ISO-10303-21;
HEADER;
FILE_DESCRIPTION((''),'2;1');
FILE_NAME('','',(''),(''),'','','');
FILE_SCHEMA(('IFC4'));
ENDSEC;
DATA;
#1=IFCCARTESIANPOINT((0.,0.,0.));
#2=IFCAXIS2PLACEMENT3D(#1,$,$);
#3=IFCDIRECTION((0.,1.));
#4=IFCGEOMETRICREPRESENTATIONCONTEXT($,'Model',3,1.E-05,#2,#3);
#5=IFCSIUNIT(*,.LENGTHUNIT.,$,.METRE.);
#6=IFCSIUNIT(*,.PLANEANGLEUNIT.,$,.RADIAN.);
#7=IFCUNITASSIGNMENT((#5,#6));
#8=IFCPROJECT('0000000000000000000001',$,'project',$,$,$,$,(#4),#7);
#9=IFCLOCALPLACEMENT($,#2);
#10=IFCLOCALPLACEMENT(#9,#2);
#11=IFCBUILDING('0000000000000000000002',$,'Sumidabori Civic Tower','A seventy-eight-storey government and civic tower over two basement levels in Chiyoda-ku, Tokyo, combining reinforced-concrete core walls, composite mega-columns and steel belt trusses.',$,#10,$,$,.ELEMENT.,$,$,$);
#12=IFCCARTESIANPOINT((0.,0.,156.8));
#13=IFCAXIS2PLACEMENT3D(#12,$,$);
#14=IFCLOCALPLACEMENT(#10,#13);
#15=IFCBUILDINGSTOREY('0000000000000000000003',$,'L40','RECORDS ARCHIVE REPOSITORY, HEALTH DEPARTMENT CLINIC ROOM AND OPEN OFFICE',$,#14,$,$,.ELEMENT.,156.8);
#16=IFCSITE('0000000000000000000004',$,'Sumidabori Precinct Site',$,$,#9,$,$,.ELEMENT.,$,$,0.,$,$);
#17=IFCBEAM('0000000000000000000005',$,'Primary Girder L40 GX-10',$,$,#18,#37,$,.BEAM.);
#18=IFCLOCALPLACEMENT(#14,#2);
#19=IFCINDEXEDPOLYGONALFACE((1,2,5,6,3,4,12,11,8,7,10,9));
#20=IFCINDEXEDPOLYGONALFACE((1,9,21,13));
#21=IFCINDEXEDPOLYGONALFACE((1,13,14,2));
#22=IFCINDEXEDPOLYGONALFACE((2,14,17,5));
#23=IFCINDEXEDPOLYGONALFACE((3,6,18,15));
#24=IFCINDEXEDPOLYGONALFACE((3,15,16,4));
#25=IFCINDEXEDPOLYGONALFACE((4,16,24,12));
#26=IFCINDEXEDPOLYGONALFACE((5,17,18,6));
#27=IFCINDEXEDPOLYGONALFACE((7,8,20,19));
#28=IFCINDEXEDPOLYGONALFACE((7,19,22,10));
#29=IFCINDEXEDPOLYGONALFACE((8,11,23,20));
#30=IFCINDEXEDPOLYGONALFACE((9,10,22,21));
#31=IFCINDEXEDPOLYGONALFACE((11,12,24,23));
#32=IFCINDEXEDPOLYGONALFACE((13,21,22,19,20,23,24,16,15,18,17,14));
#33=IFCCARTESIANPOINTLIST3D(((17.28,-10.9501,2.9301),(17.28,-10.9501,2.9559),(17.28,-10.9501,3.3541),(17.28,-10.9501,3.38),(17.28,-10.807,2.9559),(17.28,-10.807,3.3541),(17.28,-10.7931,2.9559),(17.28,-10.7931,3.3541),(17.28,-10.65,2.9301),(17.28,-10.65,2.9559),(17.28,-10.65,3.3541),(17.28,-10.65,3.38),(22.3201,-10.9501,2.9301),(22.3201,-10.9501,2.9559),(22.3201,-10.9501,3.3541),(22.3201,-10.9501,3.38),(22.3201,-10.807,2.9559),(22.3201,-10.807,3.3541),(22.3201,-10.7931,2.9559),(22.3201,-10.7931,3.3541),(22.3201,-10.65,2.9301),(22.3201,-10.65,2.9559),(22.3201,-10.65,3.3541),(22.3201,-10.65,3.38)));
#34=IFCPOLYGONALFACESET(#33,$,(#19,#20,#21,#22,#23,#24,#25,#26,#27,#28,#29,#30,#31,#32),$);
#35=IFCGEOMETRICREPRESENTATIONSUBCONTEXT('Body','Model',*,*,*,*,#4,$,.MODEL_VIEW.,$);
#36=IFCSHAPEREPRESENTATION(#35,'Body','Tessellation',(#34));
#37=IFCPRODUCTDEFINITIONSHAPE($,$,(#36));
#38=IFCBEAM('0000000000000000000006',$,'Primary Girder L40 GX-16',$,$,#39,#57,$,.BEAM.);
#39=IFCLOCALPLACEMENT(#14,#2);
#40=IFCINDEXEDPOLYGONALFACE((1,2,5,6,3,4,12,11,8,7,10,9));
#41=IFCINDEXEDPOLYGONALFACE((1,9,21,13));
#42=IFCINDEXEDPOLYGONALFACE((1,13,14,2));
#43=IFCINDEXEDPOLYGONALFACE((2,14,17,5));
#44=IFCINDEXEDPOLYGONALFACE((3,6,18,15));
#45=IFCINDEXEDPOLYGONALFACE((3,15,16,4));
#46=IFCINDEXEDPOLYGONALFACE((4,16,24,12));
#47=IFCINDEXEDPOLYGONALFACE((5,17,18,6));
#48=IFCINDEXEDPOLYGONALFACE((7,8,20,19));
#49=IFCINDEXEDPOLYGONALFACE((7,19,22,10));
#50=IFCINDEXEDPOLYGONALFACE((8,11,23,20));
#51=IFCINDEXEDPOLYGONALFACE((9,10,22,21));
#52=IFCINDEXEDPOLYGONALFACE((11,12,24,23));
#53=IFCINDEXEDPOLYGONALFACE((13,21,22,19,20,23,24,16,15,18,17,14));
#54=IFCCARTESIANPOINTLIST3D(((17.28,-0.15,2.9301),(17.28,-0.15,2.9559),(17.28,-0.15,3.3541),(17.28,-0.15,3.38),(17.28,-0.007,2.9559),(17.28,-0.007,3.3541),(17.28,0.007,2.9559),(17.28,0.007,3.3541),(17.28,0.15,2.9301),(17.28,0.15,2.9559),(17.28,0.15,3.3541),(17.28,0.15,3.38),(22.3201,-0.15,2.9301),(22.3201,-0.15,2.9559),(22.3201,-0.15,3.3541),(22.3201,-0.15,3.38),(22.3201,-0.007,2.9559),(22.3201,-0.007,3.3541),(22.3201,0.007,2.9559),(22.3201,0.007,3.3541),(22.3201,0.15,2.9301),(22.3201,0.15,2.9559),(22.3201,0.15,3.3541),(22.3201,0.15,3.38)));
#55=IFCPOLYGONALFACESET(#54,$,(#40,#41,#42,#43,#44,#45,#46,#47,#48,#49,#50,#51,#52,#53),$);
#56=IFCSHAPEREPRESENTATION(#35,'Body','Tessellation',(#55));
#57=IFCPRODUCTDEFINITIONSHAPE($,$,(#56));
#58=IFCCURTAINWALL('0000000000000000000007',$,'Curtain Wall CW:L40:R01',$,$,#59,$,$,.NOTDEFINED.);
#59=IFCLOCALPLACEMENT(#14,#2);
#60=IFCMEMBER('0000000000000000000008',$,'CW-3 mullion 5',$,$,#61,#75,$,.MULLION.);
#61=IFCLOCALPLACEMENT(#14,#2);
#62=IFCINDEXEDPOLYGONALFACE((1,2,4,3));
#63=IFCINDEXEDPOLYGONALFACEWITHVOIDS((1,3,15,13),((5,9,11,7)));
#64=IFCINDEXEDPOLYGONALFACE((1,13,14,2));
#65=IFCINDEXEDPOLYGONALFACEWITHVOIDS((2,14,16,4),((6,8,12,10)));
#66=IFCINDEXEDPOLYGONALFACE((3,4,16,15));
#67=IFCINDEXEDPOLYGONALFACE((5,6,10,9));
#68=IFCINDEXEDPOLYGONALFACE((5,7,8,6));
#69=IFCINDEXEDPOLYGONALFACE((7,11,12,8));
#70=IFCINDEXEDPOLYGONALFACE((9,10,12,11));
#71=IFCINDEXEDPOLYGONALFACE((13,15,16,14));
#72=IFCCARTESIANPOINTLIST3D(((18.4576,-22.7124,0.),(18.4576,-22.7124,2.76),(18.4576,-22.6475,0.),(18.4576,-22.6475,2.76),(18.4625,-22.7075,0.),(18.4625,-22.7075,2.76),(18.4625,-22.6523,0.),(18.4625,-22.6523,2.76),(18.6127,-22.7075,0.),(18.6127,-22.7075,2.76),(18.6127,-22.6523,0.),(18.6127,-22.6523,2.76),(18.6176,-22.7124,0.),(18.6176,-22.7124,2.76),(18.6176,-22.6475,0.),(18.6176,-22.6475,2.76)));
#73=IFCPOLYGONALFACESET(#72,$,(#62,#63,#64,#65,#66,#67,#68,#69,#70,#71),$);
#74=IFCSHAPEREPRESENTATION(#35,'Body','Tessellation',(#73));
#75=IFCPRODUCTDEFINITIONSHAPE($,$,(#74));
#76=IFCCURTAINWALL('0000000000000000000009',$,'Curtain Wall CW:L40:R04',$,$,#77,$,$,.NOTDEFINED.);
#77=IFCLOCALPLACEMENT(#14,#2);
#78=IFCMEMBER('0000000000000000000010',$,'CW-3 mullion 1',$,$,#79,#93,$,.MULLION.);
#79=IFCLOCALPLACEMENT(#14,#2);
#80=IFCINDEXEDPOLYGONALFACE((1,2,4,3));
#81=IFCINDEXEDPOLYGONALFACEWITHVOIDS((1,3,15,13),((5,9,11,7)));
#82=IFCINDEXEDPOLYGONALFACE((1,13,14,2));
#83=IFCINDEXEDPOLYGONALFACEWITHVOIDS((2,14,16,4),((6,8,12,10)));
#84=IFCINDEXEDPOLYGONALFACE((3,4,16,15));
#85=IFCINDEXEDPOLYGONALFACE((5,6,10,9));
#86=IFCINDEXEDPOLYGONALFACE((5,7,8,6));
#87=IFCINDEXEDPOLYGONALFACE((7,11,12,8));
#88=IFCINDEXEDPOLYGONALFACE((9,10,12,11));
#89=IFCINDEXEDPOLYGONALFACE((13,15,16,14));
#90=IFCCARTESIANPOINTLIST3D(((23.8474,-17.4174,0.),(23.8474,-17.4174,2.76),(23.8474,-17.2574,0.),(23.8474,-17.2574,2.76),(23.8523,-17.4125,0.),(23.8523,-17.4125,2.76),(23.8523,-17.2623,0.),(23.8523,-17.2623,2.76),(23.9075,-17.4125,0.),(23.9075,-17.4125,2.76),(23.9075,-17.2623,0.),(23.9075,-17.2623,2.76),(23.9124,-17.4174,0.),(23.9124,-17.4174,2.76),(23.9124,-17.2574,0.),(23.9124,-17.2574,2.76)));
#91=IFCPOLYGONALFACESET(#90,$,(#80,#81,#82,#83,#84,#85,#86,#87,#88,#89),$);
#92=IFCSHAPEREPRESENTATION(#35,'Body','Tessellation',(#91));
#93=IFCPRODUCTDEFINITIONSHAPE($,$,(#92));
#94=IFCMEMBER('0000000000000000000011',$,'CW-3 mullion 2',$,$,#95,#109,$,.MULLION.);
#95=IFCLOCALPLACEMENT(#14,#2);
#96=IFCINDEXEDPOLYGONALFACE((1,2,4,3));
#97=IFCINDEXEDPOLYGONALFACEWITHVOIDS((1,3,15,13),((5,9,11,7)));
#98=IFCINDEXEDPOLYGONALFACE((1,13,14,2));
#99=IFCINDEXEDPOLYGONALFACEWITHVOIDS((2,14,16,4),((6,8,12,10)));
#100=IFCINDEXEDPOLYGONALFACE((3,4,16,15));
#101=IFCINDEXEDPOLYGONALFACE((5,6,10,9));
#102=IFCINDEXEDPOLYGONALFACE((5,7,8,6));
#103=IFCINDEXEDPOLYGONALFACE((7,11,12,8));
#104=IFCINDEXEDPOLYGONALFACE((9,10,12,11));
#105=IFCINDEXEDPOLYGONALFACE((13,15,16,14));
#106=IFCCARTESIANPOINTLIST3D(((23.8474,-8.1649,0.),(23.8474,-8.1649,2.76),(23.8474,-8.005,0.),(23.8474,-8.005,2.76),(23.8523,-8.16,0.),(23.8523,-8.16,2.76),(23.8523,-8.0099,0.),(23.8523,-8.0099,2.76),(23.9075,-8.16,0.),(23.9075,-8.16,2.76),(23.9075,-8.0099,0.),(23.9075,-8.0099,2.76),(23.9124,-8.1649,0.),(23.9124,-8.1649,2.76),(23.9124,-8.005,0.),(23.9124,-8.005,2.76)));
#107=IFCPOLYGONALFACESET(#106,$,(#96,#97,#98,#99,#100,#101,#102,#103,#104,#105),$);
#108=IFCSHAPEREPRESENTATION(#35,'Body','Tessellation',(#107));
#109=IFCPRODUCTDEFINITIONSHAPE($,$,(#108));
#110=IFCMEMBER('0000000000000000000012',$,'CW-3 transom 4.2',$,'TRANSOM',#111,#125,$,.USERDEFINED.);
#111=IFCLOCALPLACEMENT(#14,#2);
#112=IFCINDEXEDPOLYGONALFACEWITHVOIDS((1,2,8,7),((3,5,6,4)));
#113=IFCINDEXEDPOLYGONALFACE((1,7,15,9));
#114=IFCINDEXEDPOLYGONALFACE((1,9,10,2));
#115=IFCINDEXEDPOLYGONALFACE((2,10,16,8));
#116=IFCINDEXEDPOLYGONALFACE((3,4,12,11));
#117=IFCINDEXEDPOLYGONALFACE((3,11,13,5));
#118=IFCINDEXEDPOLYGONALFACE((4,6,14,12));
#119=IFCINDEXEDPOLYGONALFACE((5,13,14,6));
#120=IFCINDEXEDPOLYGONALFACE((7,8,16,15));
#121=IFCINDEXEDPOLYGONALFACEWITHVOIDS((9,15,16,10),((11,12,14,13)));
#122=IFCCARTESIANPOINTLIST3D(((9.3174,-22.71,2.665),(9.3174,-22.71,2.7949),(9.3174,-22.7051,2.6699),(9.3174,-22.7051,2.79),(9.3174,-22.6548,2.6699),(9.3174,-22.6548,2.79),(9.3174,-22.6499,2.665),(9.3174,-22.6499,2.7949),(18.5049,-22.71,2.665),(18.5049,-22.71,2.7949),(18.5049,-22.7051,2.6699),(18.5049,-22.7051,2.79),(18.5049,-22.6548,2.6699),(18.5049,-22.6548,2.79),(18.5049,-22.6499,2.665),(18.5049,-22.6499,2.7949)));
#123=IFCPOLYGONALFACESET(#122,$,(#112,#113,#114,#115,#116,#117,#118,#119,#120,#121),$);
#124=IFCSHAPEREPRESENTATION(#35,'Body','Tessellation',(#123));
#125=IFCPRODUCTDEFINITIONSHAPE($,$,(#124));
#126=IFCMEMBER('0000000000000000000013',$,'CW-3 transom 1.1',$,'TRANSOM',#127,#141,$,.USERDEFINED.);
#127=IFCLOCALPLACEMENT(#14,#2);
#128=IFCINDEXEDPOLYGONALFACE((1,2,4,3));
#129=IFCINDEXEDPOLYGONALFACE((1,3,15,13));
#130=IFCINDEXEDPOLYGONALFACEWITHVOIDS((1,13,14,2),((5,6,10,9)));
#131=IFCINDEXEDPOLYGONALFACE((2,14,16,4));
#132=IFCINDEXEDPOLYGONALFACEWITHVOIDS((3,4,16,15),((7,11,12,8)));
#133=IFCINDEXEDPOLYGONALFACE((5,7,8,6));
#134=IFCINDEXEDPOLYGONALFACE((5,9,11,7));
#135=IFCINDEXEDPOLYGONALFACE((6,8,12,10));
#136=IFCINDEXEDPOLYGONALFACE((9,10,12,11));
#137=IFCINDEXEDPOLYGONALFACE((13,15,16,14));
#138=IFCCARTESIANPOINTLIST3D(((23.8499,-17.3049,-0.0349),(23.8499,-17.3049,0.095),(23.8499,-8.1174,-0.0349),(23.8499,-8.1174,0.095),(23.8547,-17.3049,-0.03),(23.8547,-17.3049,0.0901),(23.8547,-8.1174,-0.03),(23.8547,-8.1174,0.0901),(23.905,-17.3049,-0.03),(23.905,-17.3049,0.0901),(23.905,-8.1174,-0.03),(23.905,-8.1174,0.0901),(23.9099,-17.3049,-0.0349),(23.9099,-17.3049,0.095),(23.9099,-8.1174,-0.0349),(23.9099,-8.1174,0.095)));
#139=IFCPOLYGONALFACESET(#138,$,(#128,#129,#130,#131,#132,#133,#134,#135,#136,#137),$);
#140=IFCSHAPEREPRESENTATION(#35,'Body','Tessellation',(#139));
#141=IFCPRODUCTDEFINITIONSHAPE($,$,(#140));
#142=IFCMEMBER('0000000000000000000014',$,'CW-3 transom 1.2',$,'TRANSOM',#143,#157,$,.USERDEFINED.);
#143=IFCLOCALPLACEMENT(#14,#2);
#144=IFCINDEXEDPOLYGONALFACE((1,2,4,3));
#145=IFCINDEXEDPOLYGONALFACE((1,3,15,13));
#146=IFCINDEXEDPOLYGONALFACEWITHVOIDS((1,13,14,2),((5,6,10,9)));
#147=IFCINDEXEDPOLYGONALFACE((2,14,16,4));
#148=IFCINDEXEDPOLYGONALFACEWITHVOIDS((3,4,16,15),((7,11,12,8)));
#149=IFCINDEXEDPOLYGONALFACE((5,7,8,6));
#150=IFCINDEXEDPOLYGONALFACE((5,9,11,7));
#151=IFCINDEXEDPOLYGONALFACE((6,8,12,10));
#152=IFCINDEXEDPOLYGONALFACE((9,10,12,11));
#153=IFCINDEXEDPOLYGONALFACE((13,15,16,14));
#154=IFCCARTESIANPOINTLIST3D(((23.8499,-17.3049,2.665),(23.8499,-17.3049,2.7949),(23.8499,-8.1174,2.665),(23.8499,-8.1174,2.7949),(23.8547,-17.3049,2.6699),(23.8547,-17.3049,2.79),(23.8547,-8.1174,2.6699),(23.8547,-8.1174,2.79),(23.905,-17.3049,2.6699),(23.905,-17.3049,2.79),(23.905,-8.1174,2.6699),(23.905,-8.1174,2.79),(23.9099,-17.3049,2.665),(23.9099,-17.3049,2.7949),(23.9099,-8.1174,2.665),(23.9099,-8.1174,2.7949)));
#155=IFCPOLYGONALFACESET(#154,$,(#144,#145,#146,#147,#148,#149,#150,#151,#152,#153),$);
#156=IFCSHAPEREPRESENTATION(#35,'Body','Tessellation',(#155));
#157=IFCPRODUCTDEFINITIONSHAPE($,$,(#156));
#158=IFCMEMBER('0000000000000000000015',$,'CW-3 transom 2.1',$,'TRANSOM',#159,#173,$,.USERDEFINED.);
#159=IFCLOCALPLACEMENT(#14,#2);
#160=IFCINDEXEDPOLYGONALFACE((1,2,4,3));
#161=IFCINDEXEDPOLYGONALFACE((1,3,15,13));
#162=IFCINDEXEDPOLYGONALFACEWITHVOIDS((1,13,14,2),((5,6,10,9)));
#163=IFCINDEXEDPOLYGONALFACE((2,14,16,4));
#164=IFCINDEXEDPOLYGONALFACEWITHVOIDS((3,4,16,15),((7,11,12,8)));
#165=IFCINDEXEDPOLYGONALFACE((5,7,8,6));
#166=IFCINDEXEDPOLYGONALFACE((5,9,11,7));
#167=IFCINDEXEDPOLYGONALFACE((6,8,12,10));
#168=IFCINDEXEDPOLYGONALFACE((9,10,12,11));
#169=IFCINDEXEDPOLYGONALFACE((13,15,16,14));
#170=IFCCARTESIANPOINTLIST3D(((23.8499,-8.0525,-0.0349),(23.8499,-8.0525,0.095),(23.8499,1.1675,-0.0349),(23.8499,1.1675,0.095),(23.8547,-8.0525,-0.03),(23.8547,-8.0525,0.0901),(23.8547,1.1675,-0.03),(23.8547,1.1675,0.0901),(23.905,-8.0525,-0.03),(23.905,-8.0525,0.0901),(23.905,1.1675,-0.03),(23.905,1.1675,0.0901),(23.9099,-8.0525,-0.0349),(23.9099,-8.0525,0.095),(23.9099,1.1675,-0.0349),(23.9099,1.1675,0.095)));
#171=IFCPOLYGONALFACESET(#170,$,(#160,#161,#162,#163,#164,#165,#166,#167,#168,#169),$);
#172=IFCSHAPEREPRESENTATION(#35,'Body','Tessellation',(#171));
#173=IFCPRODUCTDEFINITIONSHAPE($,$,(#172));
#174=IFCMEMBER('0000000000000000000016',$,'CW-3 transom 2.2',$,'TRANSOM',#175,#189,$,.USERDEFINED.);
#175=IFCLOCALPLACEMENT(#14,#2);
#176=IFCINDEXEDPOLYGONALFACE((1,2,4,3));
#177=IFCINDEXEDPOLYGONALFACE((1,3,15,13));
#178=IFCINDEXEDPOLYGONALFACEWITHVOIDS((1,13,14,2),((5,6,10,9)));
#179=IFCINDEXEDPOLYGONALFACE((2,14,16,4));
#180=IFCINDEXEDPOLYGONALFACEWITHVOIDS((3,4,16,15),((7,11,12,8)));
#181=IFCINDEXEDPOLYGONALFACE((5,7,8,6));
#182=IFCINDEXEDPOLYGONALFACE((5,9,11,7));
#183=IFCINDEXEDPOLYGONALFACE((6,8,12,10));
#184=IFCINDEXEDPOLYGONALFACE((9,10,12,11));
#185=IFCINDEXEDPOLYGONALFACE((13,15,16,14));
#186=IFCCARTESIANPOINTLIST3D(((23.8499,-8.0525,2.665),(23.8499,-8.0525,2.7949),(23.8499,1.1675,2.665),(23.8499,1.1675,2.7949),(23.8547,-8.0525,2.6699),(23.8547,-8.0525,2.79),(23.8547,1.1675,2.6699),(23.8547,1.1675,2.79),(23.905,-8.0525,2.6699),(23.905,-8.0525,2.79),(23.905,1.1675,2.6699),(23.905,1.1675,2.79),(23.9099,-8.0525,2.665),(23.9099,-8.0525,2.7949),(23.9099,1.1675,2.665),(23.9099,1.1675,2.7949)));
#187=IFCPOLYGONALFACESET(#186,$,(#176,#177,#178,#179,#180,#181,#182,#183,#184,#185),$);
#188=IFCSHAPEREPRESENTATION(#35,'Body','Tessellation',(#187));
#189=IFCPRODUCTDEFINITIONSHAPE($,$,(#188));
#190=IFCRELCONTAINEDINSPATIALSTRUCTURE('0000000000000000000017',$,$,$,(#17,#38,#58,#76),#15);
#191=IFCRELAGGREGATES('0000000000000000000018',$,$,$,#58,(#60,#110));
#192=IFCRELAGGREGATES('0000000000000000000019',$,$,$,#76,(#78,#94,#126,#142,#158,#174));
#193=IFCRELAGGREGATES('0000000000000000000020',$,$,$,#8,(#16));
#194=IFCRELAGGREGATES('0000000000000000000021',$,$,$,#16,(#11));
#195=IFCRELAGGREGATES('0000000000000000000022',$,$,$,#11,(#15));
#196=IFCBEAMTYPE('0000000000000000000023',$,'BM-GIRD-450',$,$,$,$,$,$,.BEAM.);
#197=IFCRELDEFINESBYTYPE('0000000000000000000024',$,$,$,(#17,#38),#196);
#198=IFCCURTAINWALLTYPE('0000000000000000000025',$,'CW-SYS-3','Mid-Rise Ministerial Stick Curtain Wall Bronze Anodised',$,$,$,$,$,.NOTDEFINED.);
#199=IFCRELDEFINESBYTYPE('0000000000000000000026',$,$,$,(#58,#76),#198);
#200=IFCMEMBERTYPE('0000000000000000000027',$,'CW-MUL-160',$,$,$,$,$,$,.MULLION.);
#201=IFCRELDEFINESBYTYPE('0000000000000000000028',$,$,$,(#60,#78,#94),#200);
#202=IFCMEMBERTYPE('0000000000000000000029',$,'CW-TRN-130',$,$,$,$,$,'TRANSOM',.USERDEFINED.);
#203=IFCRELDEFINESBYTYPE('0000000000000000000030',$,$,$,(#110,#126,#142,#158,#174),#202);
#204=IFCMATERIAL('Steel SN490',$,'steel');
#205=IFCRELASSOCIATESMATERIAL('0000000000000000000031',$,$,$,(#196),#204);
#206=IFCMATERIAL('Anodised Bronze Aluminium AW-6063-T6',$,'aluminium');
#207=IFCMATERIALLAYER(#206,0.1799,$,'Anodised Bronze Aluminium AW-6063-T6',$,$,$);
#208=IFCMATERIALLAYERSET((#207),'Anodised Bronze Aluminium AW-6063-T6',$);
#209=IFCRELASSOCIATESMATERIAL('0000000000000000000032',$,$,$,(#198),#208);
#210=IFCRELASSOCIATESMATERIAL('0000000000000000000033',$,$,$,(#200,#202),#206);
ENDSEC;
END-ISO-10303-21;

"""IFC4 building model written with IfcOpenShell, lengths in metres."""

from ifc_helpers import new_model, si_unit, direction, frame, origin, origin_2d, place, context, subcontext, project, spatial, hollow_rectangle, i_section, extrude, source, transform, mapped, material, layer, layer_set, material_profile, profile_set, type_object, element, aggregate, save


model = new_model("IFC4")

# Units and contexts
model_context = context("Model", 3, precision=1e-05, world=origin(), true_north=direction((0.0, 1.0)))
body_context = subcontext(model_context, "Body", "Model", "MODEL_VIEW")
ifc_project = project(units=[si_unit("LENGTHUNIT", "METRE"), si_unit("PLANEANGLEUNIT", "RADIAN")], contexts=[model_context])

# Site, building, storey
site_placement = place(None, origin())
site = spatial("IfcSite", under=ifc_project, at=site_placement, Name="Sumidabori Precinct Site", CompositionType="ELEMENT", RefElevation=0.0)
building_placement = place(site_placement, origin())
building = spatial("IfcBuilding", under=site, at=building_placement, Name="Sumidabori Civic Tower", Description="A seventy-eight-storey government and civic tower over two basement levels in Chiyoda-ku, Tokyo, combining reinforced-concrete core walls, composite mega-columns and steel belt trusses.", CompositionType="ELEMENT")
storey_placement = place(building_placement, frame((0.0, 0.0, 156.8)))
storey = spatial("IfcBuildingStorey", under=building, at=storey_placement, Name="L40", Description="RECORDS ARCHIVE REPOSITORY, HEALTH DEPARTMENT CLINIC ROOM AND OPEN OFFICE", CompositionType="ELEMENT", Elevation=156.8)

# Beams
ifc_material_1 = material(Name="Steel SN490", Category="steel")
ifc_material_profile_1 = material_profile(ifc_material_1, i_section(OverallWidth=0.3, OverallDepth=0.45, WebThickness=0.0139, FlangeThickness=0.0259, at=origin_2d()), Name="HE 450 B")
ifc_profile_set_1 = profile_set([ifc_material_profile_1], Name="Steel SN490")
beam_type_1 = type_object("IfcBeamType", Name="BM-GIRD-450", PredefinedType="BEAM", material=ifc_profile_set_1)
shared_shape_1 = source(origin(), body_context, "Body", "SweptSolid", [
    extrude(i_section(OverallWidth=0.3, OverallDepth=0.45, WebThickness=0.0139, FlangeThickness=0.0259, at=origin_2d()), origin(), (0.0, 0.0, 1.0), 5.04),
])
for number, where, z_axis, x_axis, name in (
    (1, (17.28, -10.8, 3.155), (1.0, 0.0, 0.0), (0.0, 1.0, 0.0), "Primary Girder L40 GX-10"),
    (2, (17.28, 0.0, 3.155), (1.0, 0.0, 0.0), (0.0, 1.0, 0.0), "Primary Girder L40 GX-16"),
):
    element("IfcBeam", number, at=place(storey_placement, frame(where, z_axis=z_axis, x_axis=x_axis)), inside=storey, type_object=beam_type_1, Name=name, PredefinedType="BEAM", context=body_context, shape_type="MappedRepresentation", body=[
        mapped(shared_shape_1, transform((0.0, 0.0, 0.0), x_axis=(1.0, 0.0, 0.0), y_axis=(0.0, 1.0, 0.0), z_axis=(0.0, 0.0, 1.0), scale=1.0)),
    ])

# Curtain wall, member
ifc_material_2 = material(Name="Anodised Bronze Aluminium AW-6063-T6", Category="aluminium")
ifc_layer_1 = layer(ifc_material_2, 0.1799, Name="Anodised Bronze Aluminium AW-6063-T6")
ifc_layer_set_1 = layer_set([ifc_layer_1], Name="Anodised Bronze Aluminium AW-6063-T6")
curtain_wall_type = type_object("IfcCurtainWallType", Name="CW-SYS-3", Description="Mid-Rise Ministerial Stick Curtain Wall Bronze Anodised", PredefinedType="NOTDEFINED", material=ifc_layer_set_1)
curtain_wall_1_placement = place(storey_placement, origin())
curtain_wall_1 = element("IfcCurtainWall", 3, at=curtain_wall_1_placement, inside=storey, type_object=curtain_wall_type, Name="Curtain Wall CW:L40:R01", PredefinedType="NOTDEFINED")
ifc_material_profile_2 = material_profile(ifc_material_2, hollow_rectangle(XDim=0.0649, YDim=0.1599, WallThickness=0.0049, at=origin_2d()), Name="ALU MULLION 160x65")
ifc_profile_set_2 = profile_set([ifc_material_profile_2], Name="Anodised Bronze Aluminium AW-6063-T6")
member_type_1 = type_object("IfcMemberType", Name="CW-MUL-160", PredefinedType="MULLION", material=ifc_profile_set_2)
shared_shape_2 = source(origin(), body_context, "Body", "SweptSolid", [
    extrude(hollow_rectangle(XDim=0.0649, YDim=0.1599, WallThickness=0.0049, at=origin_2d()), origin(), (0.0, 0.0, 1.0), 2.76),
])
member_1_placement = place(storey_placement, frame((18.5376, -22.6799, 0.0), z_axis=(0.0, 0.0, 1.0), x_axis=(0.0, 1.0, 0.0)))
member_1 = element("IfcMember", 4, at=member_1_placement, type_object=member_type_1, Name="CW-3 mullion 5", PredefinedType="MULLION", context=body_context, shape_type="MappedRepresentation", body=[
    mapped(shared_shape_2, transform((0.0, 0.0, 0.0), x_axis=(1.0, 0.0, 0.0), y_axis=(0.0, 1.0, 0.0), z_axis=(0.0, 0.0, 1.0), scale=1.0)),
])

# Curtain wall, members
curtain_wall_2_placement = place(storey_placement, origin())
curtain_wall_2 = element("IfcCurtainWall", 5, at=curtain_wall_2_placement, inside=storey, type_object=curtain_wall_type, Name="Curtain Wall CW:L40:R04", PredefinedType="NOTDEFINED")
member_2_placement = place(storey_placement, frame((23.8799, -17.3374, 0.0), z_axis=(0.0, 0.0, 1.0), x_axis=(-1.0, 0.0, 0.0)))
member_2 = element("IfcMember", 6, at=member_2_placement, type_object=member_type_1, Name="CW-3 mullion 1", PredefinedType="MULLION", context=body_context, shape_type="MappedRepresentation", body=[
    mapped(shared_shape_2, transform((0.0, 0.0, 0.0), x_axis=(1.0, 0.0, 0.0), y_axis=(0.0, 1.0, 0.0), z_axis=(0.0, 0.0, 1.0), scale=1.0)),
])
member_3_placement = place(storey_placement, frame((23.8799, -8.085, 0.0), z_axis=(0.0, 0.0, 1.0), x_axis=(-1.0, 0.0, 0.0)))
member_3 = element("IfcMember", 7, at=member_3_placement, type_object=member_type_1, Name="CW-3 mullion 2", PredefinedType="MULLION", context=body_context, shape_type="MappedRepresentation", body=[
    mapped(shared_shape_2, transform((0.0, 0.0, 0.0), x_axis=(1.0, 0.0, 0.0), y_axis=(0.0, 1.0, 0.0), z_axis=(0.0, 0.0, 1.0), scale=1.0)),
])

# Members
ifc_material_profile_3 = material_profile(ifc_material_2, hollow_rectangle(XDim=0.0601, YDim=0.1299, WallThickness=0.0049, at=origin_2d()), Name="ALU TRANSOM 130x60")
ifc_profile_set_3 = profile_set([ifc_material_profile_3], Name="Anodised Bronze Aluminium AW-6063-T6")
member_type_2 = type_object("IfcMemberType", Name="CW-TRN-130", ElementType="TRANSOM", PredefinedType="USERDEFINED", material=ifc_profile_set_3)
shared_shape_3 = source(origin(), body_context, "Body", "SweptSolid", [
    extrude(hollow_rectangle(XDim=0.0601, YDim=0.1299, WallThickness=0.0049, at=origin_2d()), origin(), (0.0, 0.0, 1.0), 9.1875),
])
member_4_placement = place(storey_placement, frame((9.3174, -22.6799, 2.73), z_axis=(1.0, 0.0, 0.0), x_axis=(0.0, 1.0, 0.0)))
member_4 = element("IfcMember", 8, at=member_4_placement, type_object=member_type_2, Name="CW-3 transom 4.2", ObjectType="TRANSOM", PredefinedType="USERDEFINED", context=body_context, shape_type="MappedRepresentation", body=[
    mapped(shared_shape_3, transform((0.0, 0.0, 0.0), x_axis=(1.0, 0.0, 0.0), y_axis=(0.0, 1.0, 0.0), z_axis=(0.0, 0.0, 1.0), scale=1.0)),
])
member_5_placement = place(storey_placement, frame((23.8799, -17.3049, 0.03), z_axis=(0.0, 1.0, 0.0), x_axis=(-1.0, 0.0, 0.0)))
member_5 = element("IfcMember", 9, at=member_5_placement, type_object=member_type_2, Name="CW-3 transom 1.1", ObjectType="TRANSOM", PredefinedType="USERDEFINED", context=body_context, shape_type="MappedRepresentation", body=[
    mapped(shared_shape_3, transform((0.0, 0.0, 0.0), x_axis=(1.0, 0.0, 0.0), y_axis=(0.0, 1.0, 0.0), z_axis=(0.0, 0.0, 1.0), scale=1.0)),
])
member_6_placement = place(storey_placement, frame((23.8799, -17.3049, 2.73), z_axis=(0.0, 1.0, 0.0), x_axis=(-1.0, 0.0, 0.0)))
member_6 = element("IfcMember", 10, at=member_6_placement, type_object=member_type_2, Name="CW-3 transom 1.2", ObjectType="TRANSOM", PredefinedType="USERDEFINED", context=body_context, shape_type="MappedRepresentation", body=[
    mapped(shared_shape_3, transform((0.0, 0.0, 0.0), x_axis=(1.0, 0.0, 0.0), y_axis=(0.0, 1.0, 0.0), z_axis=(0.0, 0.0, 1.0), scale=1.0)),
])
shared_shape_4 = source(origin(), body_context, "Body", "SweptSolid", [
    extrude(hollow_rectangle(XDim=0.0601, YDim=0.1299, WallThickness=0.0049, at=origin_2d()), origin(), (0.0, 0.0, 1.0), 9.22),
])
member_7_placement = place(storey_placement, frame((23.8799, -8.0525, 0.03), z_axis=(0.0, 1.0, 0.0), x_axis=(-1.0, 0.0, 0.0)))
member_7 = element("IfcMember", 11, at=member_7_placement, type_object=member_type_2, Name="CW-3 transom 2.1", ObjectType="TRANSOM", PredefinedType="USERDEFINED", context=body_context, shape_type="MappedRepresentation", body=[
    mapped(shared_shape_4, transform((0.0, 0.0, 0.0), x_axis=(1.0, 0.0, 0.0), y_axis=(0.0, 1.0, 0.0), z_axis=(0.0, 0.0, 1.0), scale=1.0)),
])
member_8_placement = place(storey_placement, frame((23.8799, -8.0525, 2.73), z_axis=(0.0, 1.0, 0.0), x_axis=(-1.0, 0.0, 0.0)))
member_8 = element("IfcMember", 12, at=member_8_placement, type_object=member_type_2, Name="CW-3 transom 2.2", ObjectType="TRANSOM", PredefinedType="USERDEFINED", context=body_context, shape_type="MappedRepresentation", body=[
    mapped(shared_shape_4, transform((0.0, 0.0, 0.0), x_axis=(1.0, 0.0, 0.0), y_axis=(0.0, 1.0, 0.0), z_axis=(0.0, 0.0, 1.0), scale=1.0)),
])

aggregate(curtain_wall_1, [member_1, member_4])
aggregate(curtain_wall_2, [member_2, member_3, member_5, member_6, member_7, member_8])

save(model, "model.ifc")
